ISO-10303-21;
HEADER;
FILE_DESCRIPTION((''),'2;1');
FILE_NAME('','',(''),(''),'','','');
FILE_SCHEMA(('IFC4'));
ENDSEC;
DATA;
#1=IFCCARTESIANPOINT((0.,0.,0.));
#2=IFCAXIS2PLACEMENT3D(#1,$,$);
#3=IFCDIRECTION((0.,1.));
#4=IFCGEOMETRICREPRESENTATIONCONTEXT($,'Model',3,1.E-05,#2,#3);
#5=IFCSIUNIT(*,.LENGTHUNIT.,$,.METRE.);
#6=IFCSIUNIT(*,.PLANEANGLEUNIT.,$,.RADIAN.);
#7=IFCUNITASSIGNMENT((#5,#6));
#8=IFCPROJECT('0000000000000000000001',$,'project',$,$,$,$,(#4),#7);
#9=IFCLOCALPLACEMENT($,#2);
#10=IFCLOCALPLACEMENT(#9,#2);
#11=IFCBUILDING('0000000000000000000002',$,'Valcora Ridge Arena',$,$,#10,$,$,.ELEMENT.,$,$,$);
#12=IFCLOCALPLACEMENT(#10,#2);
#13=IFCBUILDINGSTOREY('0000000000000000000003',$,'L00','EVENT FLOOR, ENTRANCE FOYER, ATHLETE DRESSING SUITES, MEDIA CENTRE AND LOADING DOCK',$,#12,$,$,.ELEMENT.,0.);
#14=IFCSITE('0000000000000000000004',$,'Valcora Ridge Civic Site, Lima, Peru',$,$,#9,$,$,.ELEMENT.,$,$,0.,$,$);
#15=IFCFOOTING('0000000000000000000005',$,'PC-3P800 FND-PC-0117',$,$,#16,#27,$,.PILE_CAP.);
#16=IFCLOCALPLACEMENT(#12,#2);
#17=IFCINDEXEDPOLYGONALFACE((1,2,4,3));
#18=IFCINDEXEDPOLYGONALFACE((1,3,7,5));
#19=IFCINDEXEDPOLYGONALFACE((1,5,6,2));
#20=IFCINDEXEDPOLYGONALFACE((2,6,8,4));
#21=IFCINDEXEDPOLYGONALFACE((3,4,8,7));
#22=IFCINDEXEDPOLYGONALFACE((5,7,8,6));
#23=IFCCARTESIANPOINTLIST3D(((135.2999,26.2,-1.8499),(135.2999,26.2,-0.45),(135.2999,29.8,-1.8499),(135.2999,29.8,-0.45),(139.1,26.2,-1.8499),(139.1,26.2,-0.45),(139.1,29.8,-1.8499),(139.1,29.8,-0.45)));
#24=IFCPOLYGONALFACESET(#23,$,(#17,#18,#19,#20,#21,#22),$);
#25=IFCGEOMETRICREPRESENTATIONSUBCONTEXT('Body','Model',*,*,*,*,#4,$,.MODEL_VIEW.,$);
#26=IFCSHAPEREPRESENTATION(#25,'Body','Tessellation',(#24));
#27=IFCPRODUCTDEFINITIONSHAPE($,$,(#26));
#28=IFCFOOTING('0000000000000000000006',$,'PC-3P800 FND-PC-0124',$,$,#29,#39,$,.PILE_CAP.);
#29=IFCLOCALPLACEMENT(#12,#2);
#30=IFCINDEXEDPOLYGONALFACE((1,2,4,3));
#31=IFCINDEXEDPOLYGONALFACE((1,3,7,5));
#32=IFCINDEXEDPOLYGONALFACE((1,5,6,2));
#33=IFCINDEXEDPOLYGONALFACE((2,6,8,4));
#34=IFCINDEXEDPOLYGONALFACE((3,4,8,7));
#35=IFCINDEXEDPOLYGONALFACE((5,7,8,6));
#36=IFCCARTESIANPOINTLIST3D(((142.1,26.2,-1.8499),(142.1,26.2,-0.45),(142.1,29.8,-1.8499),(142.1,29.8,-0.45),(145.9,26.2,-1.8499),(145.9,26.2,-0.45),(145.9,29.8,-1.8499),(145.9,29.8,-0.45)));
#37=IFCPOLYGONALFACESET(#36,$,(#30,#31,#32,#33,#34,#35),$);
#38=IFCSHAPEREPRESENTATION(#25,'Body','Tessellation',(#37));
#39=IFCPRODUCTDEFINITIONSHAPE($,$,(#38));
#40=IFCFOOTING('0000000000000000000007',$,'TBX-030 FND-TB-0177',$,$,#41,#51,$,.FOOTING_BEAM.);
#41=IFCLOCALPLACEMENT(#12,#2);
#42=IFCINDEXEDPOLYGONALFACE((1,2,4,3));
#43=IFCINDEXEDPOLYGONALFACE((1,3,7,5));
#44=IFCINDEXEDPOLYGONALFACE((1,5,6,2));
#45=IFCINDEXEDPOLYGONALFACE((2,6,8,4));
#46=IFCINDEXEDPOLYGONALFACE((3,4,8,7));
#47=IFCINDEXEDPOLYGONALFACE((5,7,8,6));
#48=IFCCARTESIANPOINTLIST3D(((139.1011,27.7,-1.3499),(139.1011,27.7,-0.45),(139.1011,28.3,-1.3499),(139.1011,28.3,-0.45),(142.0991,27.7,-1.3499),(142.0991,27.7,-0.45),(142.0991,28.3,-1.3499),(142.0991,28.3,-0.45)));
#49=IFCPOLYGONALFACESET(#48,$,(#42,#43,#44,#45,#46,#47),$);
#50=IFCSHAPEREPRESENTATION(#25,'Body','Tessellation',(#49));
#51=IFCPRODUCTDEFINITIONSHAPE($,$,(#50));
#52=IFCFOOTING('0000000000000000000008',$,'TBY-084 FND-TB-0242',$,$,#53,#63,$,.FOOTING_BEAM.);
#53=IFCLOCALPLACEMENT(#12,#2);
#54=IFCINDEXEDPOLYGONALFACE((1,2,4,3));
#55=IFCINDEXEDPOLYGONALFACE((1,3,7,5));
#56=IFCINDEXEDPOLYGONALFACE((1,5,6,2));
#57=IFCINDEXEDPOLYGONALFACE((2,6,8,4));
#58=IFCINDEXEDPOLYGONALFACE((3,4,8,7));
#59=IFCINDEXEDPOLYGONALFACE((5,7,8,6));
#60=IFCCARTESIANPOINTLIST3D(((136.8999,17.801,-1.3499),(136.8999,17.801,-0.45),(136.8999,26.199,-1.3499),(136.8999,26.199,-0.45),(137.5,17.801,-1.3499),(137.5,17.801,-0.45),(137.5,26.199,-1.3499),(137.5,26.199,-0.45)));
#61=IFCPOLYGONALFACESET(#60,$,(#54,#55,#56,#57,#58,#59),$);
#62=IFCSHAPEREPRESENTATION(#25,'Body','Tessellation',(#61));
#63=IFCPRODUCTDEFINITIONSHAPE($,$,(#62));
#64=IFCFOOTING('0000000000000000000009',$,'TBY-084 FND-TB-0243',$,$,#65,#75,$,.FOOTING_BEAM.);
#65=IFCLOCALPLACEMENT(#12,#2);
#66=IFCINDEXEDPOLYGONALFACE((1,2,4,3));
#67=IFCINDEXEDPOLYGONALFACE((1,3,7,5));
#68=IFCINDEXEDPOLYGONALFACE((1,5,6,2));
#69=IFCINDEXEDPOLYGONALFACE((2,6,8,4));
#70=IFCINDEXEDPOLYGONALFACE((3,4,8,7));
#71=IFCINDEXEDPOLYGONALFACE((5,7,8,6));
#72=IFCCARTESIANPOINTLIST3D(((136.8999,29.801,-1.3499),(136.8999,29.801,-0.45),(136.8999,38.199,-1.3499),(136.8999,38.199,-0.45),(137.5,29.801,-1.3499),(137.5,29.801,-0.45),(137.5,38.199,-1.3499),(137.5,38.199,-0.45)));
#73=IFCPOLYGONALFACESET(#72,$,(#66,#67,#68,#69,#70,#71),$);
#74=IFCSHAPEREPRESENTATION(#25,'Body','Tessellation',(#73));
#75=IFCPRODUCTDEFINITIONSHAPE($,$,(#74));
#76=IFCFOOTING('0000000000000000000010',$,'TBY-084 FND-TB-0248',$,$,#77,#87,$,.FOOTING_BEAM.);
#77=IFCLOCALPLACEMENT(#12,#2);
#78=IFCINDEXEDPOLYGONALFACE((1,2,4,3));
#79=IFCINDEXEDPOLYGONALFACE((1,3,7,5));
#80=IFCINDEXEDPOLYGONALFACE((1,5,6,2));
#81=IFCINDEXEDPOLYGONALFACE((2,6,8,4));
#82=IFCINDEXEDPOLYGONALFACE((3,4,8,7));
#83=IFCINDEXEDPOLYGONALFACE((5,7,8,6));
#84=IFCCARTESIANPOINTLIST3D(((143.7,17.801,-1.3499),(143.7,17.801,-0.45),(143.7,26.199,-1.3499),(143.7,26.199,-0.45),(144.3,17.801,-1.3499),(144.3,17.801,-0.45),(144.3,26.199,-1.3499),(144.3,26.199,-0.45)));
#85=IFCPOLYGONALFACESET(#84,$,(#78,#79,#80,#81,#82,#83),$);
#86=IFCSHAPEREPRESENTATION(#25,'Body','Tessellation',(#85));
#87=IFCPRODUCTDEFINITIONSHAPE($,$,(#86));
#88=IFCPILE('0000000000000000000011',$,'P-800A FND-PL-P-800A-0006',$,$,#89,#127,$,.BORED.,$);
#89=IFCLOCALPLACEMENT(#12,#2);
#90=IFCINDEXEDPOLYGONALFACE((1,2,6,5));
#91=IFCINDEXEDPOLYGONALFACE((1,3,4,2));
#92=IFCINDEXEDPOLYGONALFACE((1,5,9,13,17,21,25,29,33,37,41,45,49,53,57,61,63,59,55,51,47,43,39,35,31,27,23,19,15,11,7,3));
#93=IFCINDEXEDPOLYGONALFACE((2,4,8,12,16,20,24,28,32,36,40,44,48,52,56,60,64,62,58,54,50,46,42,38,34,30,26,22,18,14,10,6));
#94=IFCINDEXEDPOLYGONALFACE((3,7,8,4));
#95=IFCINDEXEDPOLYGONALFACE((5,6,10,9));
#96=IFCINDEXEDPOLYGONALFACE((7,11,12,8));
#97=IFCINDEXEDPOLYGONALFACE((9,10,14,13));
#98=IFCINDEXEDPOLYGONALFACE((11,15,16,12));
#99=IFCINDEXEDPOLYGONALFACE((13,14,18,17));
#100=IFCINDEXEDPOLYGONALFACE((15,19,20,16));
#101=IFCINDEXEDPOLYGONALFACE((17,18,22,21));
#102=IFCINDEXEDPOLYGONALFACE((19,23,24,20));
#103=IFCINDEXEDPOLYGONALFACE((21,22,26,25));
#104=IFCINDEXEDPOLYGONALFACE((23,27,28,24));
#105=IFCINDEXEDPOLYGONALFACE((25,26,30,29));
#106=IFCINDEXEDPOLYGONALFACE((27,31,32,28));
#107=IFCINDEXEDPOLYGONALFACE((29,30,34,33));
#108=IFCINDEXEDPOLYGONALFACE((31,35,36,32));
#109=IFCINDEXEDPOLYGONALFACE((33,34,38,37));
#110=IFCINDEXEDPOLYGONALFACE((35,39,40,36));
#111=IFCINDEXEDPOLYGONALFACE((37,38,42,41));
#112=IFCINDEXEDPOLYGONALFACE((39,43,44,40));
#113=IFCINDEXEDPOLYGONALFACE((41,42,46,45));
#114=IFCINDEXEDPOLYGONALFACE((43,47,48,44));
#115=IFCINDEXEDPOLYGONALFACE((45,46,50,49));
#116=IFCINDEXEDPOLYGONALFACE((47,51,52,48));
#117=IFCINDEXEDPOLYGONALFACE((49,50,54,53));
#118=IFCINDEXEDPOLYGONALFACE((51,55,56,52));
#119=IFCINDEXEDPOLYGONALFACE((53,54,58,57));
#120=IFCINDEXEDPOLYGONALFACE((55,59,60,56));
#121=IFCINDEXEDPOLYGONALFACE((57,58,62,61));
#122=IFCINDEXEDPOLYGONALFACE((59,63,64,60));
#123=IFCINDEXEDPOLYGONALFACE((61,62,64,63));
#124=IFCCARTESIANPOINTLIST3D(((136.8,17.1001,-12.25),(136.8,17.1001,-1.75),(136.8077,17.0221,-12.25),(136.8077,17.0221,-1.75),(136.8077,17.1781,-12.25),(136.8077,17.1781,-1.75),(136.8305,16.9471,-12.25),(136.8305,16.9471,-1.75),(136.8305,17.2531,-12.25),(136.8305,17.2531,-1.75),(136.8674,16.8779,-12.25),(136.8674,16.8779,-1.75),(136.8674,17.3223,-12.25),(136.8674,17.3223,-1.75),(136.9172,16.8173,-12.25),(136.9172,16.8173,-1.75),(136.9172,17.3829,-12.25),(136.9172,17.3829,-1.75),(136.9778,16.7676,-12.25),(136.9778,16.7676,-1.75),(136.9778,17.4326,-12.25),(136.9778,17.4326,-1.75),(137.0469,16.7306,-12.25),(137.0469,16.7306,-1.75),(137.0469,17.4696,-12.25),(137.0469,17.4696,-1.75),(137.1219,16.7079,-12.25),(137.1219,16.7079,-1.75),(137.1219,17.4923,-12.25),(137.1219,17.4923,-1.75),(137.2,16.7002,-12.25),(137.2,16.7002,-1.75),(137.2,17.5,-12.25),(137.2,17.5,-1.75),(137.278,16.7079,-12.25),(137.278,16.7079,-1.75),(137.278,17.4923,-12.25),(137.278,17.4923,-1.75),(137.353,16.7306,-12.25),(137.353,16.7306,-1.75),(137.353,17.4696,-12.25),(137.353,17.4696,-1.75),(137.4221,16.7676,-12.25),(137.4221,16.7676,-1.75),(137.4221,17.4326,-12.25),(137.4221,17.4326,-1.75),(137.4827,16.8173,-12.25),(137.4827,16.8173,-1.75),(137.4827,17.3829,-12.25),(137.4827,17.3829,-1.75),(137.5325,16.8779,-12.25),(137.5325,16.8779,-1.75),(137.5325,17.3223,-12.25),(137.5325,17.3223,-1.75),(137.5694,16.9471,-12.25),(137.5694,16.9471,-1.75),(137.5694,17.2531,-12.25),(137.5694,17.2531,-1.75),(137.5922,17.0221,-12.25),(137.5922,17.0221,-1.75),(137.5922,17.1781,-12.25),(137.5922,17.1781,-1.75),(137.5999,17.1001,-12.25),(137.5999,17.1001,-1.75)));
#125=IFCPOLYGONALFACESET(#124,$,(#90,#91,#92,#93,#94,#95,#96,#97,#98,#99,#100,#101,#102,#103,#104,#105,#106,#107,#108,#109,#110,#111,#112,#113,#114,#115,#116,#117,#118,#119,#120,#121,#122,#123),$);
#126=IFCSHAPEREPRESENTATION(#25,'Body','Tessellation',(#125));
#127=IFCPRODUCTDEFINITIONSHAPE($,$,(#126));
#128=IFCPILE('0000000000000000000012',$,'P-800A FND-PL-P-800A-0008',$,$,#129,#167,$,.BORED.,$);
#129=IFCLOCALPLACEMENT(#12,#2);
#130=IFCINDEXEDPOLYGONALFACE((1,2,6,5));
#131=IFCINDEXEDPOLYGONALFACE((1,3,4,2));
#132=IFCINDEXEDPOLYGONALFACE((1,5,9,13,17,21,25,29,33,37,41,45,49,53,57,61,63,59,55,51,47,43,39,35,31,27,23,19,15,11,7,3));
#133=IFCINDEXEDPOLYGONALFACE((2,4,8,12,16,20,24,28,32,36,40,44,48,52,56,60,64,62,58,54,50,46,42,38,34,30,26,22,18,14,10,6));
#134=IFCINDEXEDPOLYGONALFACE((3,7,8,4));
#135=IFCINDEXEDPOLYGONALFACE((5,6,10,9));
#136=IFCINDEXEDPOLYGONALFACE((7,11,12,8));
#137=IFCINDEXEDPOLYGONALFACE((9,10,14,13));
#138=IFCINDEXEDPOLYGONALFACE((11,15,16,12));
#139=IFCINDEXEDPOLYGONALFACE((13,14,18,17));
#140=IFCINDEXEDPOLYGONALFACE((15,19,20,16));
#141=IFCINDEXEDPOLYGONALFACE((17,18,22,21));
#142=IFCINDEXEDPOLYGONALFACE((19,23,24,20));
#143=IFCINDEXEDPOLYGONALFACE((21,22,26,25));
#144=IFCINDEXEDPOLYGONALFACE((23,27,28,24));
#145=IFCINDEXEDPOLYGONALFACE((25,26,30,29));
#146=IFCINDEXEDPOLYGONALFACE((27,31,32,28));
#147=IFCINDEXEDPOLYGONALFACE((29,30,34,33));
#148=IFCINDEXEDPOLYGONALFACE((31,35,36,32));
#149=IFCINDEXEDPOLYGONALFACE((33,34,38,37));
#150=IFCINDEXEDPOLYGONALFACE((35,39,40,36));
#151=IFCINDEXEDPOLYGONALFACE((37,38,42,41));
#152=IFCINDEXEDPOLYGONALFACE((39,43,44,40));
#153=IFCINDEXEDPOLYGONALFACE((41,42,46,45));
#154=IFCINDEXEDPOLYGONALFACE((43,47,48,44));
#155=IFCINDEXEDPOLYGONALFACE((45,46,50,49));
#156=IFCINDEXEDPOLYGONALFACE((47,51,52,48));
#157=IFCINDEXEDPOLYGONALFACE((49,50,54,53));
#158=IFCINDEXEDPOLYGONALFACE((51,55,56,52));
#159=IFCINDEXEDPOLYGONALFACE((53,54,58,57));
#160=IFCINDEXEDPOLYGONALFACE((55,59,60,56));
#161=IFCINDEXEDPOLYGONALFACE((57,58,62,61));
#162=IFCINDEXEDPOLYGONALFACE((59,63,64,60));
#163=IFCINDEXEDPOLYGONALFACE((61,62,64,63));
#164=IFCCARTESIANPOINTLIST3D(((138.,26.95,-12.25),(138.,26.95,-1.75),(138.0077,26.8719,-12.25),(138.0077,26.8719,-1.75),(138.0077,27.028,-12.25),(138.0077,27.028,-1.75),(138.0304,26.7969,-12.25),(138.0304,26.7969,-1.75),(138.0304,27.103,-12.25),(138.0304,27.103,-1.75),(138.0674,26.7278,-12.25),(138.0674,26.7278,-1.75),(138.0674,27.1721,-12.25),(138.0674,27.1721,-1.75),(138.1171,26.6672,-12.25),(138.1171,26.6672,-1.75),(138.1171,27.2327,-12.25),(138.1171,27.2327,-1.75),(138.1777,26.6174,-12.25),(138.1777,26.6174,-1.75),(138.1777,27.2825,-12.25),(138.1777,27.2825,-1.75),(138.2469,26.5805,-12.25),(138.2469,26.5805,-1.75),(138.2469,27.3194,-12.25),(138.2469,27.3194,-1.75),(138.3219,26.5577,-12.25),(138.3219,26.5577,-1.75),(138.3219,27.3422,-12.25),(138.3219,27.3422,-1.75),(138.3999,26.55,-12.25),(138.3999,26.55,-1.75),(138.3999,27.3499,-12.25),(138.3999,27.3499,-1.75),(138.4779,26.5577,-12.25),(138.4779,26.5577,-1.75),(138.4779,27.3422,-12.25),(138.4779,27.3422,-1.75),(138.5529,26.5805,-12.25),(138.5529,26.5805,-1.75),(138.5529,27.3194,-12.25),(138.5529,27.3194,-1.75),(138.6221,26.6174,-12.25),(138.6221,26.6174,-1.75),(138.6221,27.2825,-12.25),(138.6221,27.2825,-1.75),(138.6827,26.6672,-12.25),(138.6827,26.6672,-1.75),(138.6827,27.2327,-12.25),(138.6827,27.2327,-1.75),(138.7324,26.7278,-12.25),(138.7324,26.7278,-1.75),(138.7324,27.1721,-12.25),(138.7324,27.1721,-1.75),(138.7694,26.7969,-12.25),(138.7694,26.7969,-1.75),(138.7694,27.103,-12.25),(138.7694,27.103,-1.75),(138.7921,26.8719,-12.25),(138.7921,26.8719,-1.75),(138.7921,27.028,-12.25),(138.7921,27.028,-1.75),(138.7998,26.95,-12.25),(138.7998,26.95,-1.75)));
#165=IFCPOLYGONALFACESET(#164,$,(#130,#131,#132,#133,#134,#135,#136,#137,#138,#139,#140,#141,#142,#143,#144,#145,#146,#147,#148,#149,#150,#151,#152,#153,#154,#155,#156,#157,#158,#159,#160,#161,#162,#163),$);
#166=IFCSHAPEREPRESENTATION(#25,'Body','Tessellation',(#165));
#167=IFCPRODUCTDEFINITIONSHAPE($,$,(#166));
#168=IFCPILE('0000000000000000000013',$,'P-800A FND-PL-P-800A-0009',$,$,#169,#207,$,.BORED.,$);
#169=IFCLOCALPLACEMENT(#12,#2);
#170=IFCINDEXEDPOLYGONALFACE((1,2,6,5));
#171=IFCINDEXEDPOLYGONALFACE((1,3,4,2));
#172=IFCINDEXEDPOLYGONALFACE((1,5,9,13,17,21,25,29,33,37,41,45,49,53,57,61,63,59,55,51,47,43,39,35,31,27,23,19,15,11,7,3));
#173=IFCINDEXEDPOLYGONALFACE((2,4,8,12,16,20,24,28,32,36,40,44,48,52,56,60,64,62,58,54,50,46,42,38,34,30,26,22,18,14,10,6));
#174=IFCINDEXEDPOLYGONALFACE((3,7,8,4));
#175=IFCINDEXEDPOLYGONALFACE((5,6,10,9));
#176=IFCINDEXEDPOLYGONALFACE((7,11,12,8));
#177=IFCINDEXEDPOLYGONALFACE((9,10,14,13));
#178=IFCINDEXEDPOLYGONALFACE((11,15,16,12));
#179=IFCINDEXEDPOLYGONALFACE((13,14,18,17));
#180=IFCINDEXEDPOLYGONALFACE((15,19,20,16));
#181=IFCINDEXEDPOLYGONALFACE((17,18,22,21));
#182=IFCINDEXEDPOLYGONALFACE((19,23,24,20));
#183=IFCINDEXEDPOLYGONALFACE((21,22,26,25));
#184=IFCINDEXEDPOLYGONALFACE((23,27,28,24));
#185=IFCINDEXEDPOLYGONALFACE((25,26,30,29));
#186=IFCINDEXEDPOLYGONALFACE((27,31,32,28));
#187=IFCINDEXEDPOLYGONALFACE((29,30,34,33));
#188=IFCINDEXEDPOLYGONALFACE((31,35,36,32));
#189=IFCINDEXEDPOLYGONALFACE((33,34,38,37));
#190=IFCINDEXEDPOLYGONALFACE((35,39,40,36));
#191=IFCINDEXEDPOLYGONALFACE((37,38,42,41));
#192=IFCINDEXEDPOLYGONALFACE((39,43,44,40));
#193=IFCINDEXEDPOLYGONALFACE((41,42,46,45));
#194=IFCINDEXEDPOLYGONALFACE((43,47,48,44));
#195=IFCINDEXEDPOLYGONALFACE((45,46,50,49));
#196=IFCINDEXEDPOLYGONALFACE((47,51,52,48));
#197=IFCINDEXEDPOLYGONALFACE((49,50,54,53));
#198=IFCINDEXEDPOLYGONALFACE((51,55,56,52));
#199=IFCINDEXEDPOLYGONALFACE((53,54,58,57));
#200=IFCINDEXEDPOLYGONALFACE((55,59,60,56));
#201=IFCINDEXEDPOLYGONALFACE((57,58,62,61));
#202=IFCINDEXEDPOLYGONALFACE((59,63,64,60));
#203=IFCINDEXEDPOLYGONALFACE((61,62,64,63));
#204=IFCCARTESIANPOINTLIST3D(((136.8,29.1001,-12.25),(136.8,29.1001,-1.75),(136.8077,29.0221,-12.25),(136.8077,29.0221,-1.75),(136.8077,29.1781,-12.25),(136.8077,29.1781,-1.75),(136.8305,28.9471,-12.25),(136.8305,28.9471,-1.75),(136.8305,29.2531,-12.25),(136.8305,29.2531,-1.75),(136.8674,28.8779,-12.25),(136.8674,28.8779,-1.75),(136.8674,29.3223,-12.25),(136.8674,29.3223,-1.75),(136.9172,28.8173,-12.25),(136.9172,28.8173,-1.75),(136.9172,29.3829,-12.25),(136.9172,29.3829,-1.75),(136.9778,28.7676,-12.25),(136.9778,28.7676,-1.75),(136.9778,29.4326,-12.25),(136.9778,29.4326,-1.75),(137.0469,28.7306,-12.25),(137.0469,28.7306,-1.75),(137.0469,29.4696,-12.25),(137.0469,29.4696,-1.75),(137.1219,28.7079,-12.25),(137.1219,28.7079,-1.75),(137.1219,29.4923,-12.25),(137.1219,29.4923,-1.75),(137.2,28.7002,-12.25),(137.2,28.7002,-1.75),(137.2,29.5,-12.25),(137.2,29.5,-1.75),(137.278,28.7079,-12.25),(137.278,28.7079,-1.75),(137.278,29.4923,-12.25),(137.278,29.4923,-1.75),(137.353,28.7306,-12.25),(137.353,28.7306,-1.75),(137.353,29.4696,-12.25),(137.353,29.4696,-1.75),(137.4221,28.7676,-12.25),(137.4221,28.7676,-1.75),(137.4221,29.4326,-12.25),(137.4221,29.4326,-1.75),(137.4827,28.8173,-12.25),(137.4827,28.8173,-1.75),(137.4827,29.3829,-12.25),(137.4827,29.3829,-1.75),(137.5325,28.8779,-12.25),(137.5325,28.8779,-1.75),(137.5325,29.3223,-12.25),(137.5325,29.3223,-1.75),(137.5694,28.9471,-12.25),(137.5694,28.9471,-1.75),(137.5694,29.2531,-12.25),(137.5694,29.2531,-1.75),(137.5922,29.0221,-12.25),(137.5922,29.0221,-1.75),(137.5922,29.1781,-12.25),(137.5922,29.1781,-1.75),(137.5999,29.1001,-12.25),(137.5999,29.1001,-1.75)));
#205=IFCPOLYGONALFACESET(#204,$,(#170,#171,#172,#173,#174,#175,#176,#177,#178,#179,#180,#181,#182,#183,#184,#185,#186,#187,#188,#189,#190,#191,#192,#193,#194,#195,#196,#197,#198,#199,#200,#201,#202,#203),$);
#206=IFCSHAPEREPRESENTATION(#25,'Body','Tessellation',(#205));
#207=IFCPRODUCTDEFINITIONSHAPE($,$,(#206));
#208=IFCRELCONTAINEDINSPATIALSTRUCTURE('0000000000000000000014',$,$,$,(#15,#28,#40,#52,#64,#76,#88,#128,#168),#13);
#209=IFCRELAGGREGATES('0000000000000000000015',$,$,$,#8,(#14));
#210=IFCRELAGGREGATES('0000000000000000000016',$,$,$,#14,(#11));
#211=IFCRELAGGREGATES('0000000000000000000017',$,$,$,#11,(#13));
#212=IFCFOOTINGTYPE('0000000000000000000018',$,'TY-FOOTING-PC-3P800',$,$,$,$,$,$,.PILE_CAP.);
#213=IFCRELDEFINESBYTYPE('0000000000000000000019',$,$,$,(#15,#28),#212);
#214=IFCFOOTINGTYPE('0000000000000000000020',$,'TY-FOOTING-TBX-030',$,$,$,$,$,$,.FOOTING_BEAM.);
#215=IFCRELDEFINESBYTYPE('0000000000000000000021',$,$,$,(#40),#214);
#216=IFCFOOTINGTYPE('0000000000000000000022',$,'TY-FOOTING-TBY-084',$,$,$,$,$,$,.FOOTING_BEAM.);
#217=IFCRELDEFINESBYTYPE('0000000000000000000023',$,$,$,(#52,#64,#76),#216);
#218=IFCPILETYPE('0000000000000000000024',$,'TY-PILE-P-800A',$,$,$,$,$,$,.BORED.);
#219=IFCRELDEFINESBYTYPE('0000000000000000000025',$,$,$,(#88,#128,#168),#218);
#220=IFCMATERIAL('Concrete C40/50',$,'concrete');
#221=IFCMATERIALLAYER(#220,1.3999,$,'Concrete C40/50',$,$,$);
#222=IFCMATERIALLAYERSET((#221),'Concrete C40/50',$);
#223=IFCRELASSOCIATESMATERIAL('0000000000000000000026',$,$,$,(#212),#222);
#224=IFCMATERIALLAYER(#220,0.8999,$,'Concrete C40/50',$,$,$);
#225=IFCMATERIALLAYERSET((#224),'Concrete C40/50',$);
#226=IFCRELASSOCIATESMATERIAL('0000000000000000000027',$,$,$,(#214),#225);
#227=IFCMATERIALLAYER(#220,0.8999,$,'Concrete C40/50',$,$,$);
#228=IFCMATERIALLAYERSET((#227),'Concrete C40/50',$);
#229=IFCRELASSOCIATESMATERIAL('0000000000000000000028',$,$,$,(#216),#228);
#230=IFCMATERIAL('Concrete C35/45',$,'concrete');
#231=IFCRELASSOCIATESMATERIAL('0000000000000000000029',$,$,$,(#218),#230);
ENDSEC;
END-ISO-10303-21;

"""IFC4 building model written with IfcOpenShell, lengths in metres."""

from ifc_helpers import new_model, si_unit, direction, frame, origin, origin_2d, place, context, subcontext, project, spatial, rectangle, circle, extrude, material, layer, layer_set, material_profile, profile_set, type_object, element, save


model = new_model("IFC4")

# Units and contexts
model_context = context("Model", 3, precision=1e-05, world=origin(), true_north=direction((0.0, 1.0)))
body_context = subcontext(model_context, "Body", "Model", "MODEL_VIEW")
ifc_project = project(units=[si_unit("LENGTHUNIT", "METRE"), si_unit("PLANEANGLEUNIT", "RADIAN")], contexts=[model_context])

# Site, building, storey
site_placement = place(None, origin())
site = spatial("IfcSite", under=ifc_project, at=site_placement, Name="Valcora Ridge Civic Site, Lima, Peru", CompositionType="ELEMENT", RefElevation=0.0)
building_placement = place(site_placement, origin())
building = spatial("IfcBuilding", under=site, at=building_placement, Name="Valcora Ridge Arena", CompositionType="ELEMENT")
storey_placement = place(building_placement, origin())
storey = spatial("IfcBuildingStorey", under=building, at=storey_placement, Name="L00", Description="EVENT FLOOR, ENTRANCE FOYER, ATHLETE DRESSING SUITES, MEDIA CENTRE AND LOADING DOCK", CompositionType="ELEMENT", Elevation=0.0)

# Footings
ifc_material_1 = material(Name="Concrete C40/50", Category="concrete")
ifc_layer_1 = layer(ifc_material_1, 1.3999, Name="Concrete C40/50")
ifc_layer_set_1 = layer_set([ifc_layer_1], Name="Concrete C40/50")
footing_type_1 = type_object("IfcFootingType", Name="TY-FOOTING-PC-3P800", PredefinedType="PILE_CAP", material=ifc_layer_set_1)
for number, where, z_axis, x_axis, name in (
    (1, (137.2, 28.0, -1.8499), (0.0, 0.0, 1.0), (1.0, 0.0, 0.0), "PC-3P800 FND-PC-0117"),
    (2, (144.0, 28.0, -1.8499), (0.0, 0.0, 1.0), (1.0, 0.0, 0.0), "PC-3P800 FND-PC-0124"),
):
    element("IfcFooting", number, at=place(storey_placement, frame(where, z_axis=z_axis, x_axis=x_axis)), inside=storey, type_object=footing_type_1, Name=name, PredefinedType="PILE_CAP", context=body_context, shape_type="SweptSolid", body=[
        extrude(rectangle(XDim=3.8, YDim=3.6001, at=origin_2d()), origin(), (0.0, 0.0, 1.0), 1.3999),
    ])
ifc_layer_2 = layer(ifc_material_1, 0.8999, Name="Concrete C40/50")
ifc_layer_set_2 = layer_set([ifc_layer_2], Name="Concrete C40/50")
footing_type_2 = type_object("IfcFootingType", Name="TY-FOOTING-TBX-030", PredefinedType="FOOTING_BEAM", material=ifc_layer_set_2)
footing_placement = place(storey_placement, frame((140.6001, 28.0, -1.3499), z_axis=(0.0, 0.0, 1.0), x_axis=(1.0, 0.0, 0.0)))
element("IfcFooting", 3, at=footing_placement, inside=storey, type_object=footing_type_2, Name="TBX-030 FND-TB-0177", PredefinedType="FOOTING_BEAM", context=body_context, shape_type="SweptSolid", body=[
    extrude(rectangle(XDim=2.998, YDim=0.6001, at=origin_2d()), origin(), (0.0, 0.0, 1.0), 0.8999),
])
ifc_layer_3 = layer(ifc_material_1, 0.8999, Name="Concrete C40/50")
ifc_layer_set_3 = layer_set([ifc_layer_3], Name="Concrete C40/50")
footing_type_3 = type_object("IfcFootingType", Name="TY-FOOTING-TBY-084", PredefinedType="FOOTING_BEAM", material=ifc_layer_set_3)
for number, where, z_axis, x_axis, name in (
    (4, (137.2, 22.0, -1.3499), (0.0, 0.0, 1.0), (1.0, 0.0, 0.0), "TBY-084 FND-TB-0242"),
    (5, (137.2, 34.0, -1.3499), (0.0, 0.0, 1.0), (1.0, 0.0, 0.0), "TBY-084 FND-TB-0243"),
    (6, (144.0, 22.0, -1.3499), (0.0, 0.0, 1.0), (1.0, 0.0, 0.0), "TBY-084 FND-TB-0248"),
):
    element("IfcFooting", number, at=place(storey_placement, frame(where, z_axis=z_axis, x_axis=x_axis)), inside=storey, type_object=footing_type_3, Name=name, PredefinedType="FOOTING_BEAM", context=body_context, shape_type="SweptSolid", body=[
        extrude(rectangle(XDim=0.6001, YDim=8.3979, at=origin_2d()), origin(), (0.0, 0.0, 1.0), 0.8999),
    ])

# Piles
ifc_material_2 = material(Name="Concrete C35/45", Category="concrete")
ifc_material_profile_1 = material_profile(ifc_material_2, circle(Radius=0.3999, at=origin_2d()), Name="BORED PILE D800")
ifc_profile_set_1 = profile_set([ifc_material_profile_1], Name="Concrete C35/45")
pile_type = type_object("IfcPileType", Name="TY-PILE-P-800A", PredefinedType="BORED", material=ifc_profile_set_1)
for number, where, z_axis, x_axis, name in (
    (7, (137.2, 17.1001, -1.75), (0.0, 0.0, -1.0), (1.0, 0.0, 0.0), "P-800A FND-PL-P-800A-0006"),
    (8, (138.3999, 26.95, -1.75), (0.0, 0.0, -1.0), (1.0, 0.0, 0.0), "P-800A FND-PL-P-800A-0008"),
    (9, (137.2, 29.1001, -1.75), (0.0, 0.0, -1.0), (1.0, 0.0, 0.0), "P-800A FND-PL-P-800A-0009"),
):
    element("IfcPile", number, at=place(storey_placement, frame(where, z_axis=z_axis, x_axis=x_axis)), inside=storey, type_object=pile_type, Name=name, PredefinedType="BORED", context=body_context, shape_type="SweptSolid", body=[
        extrude(circle(Radius=0.3999, at=origin_2d()), origin(), (0.0, 0.0, 1.0), 10.5),
    ])

save(model, "model.ifc")
